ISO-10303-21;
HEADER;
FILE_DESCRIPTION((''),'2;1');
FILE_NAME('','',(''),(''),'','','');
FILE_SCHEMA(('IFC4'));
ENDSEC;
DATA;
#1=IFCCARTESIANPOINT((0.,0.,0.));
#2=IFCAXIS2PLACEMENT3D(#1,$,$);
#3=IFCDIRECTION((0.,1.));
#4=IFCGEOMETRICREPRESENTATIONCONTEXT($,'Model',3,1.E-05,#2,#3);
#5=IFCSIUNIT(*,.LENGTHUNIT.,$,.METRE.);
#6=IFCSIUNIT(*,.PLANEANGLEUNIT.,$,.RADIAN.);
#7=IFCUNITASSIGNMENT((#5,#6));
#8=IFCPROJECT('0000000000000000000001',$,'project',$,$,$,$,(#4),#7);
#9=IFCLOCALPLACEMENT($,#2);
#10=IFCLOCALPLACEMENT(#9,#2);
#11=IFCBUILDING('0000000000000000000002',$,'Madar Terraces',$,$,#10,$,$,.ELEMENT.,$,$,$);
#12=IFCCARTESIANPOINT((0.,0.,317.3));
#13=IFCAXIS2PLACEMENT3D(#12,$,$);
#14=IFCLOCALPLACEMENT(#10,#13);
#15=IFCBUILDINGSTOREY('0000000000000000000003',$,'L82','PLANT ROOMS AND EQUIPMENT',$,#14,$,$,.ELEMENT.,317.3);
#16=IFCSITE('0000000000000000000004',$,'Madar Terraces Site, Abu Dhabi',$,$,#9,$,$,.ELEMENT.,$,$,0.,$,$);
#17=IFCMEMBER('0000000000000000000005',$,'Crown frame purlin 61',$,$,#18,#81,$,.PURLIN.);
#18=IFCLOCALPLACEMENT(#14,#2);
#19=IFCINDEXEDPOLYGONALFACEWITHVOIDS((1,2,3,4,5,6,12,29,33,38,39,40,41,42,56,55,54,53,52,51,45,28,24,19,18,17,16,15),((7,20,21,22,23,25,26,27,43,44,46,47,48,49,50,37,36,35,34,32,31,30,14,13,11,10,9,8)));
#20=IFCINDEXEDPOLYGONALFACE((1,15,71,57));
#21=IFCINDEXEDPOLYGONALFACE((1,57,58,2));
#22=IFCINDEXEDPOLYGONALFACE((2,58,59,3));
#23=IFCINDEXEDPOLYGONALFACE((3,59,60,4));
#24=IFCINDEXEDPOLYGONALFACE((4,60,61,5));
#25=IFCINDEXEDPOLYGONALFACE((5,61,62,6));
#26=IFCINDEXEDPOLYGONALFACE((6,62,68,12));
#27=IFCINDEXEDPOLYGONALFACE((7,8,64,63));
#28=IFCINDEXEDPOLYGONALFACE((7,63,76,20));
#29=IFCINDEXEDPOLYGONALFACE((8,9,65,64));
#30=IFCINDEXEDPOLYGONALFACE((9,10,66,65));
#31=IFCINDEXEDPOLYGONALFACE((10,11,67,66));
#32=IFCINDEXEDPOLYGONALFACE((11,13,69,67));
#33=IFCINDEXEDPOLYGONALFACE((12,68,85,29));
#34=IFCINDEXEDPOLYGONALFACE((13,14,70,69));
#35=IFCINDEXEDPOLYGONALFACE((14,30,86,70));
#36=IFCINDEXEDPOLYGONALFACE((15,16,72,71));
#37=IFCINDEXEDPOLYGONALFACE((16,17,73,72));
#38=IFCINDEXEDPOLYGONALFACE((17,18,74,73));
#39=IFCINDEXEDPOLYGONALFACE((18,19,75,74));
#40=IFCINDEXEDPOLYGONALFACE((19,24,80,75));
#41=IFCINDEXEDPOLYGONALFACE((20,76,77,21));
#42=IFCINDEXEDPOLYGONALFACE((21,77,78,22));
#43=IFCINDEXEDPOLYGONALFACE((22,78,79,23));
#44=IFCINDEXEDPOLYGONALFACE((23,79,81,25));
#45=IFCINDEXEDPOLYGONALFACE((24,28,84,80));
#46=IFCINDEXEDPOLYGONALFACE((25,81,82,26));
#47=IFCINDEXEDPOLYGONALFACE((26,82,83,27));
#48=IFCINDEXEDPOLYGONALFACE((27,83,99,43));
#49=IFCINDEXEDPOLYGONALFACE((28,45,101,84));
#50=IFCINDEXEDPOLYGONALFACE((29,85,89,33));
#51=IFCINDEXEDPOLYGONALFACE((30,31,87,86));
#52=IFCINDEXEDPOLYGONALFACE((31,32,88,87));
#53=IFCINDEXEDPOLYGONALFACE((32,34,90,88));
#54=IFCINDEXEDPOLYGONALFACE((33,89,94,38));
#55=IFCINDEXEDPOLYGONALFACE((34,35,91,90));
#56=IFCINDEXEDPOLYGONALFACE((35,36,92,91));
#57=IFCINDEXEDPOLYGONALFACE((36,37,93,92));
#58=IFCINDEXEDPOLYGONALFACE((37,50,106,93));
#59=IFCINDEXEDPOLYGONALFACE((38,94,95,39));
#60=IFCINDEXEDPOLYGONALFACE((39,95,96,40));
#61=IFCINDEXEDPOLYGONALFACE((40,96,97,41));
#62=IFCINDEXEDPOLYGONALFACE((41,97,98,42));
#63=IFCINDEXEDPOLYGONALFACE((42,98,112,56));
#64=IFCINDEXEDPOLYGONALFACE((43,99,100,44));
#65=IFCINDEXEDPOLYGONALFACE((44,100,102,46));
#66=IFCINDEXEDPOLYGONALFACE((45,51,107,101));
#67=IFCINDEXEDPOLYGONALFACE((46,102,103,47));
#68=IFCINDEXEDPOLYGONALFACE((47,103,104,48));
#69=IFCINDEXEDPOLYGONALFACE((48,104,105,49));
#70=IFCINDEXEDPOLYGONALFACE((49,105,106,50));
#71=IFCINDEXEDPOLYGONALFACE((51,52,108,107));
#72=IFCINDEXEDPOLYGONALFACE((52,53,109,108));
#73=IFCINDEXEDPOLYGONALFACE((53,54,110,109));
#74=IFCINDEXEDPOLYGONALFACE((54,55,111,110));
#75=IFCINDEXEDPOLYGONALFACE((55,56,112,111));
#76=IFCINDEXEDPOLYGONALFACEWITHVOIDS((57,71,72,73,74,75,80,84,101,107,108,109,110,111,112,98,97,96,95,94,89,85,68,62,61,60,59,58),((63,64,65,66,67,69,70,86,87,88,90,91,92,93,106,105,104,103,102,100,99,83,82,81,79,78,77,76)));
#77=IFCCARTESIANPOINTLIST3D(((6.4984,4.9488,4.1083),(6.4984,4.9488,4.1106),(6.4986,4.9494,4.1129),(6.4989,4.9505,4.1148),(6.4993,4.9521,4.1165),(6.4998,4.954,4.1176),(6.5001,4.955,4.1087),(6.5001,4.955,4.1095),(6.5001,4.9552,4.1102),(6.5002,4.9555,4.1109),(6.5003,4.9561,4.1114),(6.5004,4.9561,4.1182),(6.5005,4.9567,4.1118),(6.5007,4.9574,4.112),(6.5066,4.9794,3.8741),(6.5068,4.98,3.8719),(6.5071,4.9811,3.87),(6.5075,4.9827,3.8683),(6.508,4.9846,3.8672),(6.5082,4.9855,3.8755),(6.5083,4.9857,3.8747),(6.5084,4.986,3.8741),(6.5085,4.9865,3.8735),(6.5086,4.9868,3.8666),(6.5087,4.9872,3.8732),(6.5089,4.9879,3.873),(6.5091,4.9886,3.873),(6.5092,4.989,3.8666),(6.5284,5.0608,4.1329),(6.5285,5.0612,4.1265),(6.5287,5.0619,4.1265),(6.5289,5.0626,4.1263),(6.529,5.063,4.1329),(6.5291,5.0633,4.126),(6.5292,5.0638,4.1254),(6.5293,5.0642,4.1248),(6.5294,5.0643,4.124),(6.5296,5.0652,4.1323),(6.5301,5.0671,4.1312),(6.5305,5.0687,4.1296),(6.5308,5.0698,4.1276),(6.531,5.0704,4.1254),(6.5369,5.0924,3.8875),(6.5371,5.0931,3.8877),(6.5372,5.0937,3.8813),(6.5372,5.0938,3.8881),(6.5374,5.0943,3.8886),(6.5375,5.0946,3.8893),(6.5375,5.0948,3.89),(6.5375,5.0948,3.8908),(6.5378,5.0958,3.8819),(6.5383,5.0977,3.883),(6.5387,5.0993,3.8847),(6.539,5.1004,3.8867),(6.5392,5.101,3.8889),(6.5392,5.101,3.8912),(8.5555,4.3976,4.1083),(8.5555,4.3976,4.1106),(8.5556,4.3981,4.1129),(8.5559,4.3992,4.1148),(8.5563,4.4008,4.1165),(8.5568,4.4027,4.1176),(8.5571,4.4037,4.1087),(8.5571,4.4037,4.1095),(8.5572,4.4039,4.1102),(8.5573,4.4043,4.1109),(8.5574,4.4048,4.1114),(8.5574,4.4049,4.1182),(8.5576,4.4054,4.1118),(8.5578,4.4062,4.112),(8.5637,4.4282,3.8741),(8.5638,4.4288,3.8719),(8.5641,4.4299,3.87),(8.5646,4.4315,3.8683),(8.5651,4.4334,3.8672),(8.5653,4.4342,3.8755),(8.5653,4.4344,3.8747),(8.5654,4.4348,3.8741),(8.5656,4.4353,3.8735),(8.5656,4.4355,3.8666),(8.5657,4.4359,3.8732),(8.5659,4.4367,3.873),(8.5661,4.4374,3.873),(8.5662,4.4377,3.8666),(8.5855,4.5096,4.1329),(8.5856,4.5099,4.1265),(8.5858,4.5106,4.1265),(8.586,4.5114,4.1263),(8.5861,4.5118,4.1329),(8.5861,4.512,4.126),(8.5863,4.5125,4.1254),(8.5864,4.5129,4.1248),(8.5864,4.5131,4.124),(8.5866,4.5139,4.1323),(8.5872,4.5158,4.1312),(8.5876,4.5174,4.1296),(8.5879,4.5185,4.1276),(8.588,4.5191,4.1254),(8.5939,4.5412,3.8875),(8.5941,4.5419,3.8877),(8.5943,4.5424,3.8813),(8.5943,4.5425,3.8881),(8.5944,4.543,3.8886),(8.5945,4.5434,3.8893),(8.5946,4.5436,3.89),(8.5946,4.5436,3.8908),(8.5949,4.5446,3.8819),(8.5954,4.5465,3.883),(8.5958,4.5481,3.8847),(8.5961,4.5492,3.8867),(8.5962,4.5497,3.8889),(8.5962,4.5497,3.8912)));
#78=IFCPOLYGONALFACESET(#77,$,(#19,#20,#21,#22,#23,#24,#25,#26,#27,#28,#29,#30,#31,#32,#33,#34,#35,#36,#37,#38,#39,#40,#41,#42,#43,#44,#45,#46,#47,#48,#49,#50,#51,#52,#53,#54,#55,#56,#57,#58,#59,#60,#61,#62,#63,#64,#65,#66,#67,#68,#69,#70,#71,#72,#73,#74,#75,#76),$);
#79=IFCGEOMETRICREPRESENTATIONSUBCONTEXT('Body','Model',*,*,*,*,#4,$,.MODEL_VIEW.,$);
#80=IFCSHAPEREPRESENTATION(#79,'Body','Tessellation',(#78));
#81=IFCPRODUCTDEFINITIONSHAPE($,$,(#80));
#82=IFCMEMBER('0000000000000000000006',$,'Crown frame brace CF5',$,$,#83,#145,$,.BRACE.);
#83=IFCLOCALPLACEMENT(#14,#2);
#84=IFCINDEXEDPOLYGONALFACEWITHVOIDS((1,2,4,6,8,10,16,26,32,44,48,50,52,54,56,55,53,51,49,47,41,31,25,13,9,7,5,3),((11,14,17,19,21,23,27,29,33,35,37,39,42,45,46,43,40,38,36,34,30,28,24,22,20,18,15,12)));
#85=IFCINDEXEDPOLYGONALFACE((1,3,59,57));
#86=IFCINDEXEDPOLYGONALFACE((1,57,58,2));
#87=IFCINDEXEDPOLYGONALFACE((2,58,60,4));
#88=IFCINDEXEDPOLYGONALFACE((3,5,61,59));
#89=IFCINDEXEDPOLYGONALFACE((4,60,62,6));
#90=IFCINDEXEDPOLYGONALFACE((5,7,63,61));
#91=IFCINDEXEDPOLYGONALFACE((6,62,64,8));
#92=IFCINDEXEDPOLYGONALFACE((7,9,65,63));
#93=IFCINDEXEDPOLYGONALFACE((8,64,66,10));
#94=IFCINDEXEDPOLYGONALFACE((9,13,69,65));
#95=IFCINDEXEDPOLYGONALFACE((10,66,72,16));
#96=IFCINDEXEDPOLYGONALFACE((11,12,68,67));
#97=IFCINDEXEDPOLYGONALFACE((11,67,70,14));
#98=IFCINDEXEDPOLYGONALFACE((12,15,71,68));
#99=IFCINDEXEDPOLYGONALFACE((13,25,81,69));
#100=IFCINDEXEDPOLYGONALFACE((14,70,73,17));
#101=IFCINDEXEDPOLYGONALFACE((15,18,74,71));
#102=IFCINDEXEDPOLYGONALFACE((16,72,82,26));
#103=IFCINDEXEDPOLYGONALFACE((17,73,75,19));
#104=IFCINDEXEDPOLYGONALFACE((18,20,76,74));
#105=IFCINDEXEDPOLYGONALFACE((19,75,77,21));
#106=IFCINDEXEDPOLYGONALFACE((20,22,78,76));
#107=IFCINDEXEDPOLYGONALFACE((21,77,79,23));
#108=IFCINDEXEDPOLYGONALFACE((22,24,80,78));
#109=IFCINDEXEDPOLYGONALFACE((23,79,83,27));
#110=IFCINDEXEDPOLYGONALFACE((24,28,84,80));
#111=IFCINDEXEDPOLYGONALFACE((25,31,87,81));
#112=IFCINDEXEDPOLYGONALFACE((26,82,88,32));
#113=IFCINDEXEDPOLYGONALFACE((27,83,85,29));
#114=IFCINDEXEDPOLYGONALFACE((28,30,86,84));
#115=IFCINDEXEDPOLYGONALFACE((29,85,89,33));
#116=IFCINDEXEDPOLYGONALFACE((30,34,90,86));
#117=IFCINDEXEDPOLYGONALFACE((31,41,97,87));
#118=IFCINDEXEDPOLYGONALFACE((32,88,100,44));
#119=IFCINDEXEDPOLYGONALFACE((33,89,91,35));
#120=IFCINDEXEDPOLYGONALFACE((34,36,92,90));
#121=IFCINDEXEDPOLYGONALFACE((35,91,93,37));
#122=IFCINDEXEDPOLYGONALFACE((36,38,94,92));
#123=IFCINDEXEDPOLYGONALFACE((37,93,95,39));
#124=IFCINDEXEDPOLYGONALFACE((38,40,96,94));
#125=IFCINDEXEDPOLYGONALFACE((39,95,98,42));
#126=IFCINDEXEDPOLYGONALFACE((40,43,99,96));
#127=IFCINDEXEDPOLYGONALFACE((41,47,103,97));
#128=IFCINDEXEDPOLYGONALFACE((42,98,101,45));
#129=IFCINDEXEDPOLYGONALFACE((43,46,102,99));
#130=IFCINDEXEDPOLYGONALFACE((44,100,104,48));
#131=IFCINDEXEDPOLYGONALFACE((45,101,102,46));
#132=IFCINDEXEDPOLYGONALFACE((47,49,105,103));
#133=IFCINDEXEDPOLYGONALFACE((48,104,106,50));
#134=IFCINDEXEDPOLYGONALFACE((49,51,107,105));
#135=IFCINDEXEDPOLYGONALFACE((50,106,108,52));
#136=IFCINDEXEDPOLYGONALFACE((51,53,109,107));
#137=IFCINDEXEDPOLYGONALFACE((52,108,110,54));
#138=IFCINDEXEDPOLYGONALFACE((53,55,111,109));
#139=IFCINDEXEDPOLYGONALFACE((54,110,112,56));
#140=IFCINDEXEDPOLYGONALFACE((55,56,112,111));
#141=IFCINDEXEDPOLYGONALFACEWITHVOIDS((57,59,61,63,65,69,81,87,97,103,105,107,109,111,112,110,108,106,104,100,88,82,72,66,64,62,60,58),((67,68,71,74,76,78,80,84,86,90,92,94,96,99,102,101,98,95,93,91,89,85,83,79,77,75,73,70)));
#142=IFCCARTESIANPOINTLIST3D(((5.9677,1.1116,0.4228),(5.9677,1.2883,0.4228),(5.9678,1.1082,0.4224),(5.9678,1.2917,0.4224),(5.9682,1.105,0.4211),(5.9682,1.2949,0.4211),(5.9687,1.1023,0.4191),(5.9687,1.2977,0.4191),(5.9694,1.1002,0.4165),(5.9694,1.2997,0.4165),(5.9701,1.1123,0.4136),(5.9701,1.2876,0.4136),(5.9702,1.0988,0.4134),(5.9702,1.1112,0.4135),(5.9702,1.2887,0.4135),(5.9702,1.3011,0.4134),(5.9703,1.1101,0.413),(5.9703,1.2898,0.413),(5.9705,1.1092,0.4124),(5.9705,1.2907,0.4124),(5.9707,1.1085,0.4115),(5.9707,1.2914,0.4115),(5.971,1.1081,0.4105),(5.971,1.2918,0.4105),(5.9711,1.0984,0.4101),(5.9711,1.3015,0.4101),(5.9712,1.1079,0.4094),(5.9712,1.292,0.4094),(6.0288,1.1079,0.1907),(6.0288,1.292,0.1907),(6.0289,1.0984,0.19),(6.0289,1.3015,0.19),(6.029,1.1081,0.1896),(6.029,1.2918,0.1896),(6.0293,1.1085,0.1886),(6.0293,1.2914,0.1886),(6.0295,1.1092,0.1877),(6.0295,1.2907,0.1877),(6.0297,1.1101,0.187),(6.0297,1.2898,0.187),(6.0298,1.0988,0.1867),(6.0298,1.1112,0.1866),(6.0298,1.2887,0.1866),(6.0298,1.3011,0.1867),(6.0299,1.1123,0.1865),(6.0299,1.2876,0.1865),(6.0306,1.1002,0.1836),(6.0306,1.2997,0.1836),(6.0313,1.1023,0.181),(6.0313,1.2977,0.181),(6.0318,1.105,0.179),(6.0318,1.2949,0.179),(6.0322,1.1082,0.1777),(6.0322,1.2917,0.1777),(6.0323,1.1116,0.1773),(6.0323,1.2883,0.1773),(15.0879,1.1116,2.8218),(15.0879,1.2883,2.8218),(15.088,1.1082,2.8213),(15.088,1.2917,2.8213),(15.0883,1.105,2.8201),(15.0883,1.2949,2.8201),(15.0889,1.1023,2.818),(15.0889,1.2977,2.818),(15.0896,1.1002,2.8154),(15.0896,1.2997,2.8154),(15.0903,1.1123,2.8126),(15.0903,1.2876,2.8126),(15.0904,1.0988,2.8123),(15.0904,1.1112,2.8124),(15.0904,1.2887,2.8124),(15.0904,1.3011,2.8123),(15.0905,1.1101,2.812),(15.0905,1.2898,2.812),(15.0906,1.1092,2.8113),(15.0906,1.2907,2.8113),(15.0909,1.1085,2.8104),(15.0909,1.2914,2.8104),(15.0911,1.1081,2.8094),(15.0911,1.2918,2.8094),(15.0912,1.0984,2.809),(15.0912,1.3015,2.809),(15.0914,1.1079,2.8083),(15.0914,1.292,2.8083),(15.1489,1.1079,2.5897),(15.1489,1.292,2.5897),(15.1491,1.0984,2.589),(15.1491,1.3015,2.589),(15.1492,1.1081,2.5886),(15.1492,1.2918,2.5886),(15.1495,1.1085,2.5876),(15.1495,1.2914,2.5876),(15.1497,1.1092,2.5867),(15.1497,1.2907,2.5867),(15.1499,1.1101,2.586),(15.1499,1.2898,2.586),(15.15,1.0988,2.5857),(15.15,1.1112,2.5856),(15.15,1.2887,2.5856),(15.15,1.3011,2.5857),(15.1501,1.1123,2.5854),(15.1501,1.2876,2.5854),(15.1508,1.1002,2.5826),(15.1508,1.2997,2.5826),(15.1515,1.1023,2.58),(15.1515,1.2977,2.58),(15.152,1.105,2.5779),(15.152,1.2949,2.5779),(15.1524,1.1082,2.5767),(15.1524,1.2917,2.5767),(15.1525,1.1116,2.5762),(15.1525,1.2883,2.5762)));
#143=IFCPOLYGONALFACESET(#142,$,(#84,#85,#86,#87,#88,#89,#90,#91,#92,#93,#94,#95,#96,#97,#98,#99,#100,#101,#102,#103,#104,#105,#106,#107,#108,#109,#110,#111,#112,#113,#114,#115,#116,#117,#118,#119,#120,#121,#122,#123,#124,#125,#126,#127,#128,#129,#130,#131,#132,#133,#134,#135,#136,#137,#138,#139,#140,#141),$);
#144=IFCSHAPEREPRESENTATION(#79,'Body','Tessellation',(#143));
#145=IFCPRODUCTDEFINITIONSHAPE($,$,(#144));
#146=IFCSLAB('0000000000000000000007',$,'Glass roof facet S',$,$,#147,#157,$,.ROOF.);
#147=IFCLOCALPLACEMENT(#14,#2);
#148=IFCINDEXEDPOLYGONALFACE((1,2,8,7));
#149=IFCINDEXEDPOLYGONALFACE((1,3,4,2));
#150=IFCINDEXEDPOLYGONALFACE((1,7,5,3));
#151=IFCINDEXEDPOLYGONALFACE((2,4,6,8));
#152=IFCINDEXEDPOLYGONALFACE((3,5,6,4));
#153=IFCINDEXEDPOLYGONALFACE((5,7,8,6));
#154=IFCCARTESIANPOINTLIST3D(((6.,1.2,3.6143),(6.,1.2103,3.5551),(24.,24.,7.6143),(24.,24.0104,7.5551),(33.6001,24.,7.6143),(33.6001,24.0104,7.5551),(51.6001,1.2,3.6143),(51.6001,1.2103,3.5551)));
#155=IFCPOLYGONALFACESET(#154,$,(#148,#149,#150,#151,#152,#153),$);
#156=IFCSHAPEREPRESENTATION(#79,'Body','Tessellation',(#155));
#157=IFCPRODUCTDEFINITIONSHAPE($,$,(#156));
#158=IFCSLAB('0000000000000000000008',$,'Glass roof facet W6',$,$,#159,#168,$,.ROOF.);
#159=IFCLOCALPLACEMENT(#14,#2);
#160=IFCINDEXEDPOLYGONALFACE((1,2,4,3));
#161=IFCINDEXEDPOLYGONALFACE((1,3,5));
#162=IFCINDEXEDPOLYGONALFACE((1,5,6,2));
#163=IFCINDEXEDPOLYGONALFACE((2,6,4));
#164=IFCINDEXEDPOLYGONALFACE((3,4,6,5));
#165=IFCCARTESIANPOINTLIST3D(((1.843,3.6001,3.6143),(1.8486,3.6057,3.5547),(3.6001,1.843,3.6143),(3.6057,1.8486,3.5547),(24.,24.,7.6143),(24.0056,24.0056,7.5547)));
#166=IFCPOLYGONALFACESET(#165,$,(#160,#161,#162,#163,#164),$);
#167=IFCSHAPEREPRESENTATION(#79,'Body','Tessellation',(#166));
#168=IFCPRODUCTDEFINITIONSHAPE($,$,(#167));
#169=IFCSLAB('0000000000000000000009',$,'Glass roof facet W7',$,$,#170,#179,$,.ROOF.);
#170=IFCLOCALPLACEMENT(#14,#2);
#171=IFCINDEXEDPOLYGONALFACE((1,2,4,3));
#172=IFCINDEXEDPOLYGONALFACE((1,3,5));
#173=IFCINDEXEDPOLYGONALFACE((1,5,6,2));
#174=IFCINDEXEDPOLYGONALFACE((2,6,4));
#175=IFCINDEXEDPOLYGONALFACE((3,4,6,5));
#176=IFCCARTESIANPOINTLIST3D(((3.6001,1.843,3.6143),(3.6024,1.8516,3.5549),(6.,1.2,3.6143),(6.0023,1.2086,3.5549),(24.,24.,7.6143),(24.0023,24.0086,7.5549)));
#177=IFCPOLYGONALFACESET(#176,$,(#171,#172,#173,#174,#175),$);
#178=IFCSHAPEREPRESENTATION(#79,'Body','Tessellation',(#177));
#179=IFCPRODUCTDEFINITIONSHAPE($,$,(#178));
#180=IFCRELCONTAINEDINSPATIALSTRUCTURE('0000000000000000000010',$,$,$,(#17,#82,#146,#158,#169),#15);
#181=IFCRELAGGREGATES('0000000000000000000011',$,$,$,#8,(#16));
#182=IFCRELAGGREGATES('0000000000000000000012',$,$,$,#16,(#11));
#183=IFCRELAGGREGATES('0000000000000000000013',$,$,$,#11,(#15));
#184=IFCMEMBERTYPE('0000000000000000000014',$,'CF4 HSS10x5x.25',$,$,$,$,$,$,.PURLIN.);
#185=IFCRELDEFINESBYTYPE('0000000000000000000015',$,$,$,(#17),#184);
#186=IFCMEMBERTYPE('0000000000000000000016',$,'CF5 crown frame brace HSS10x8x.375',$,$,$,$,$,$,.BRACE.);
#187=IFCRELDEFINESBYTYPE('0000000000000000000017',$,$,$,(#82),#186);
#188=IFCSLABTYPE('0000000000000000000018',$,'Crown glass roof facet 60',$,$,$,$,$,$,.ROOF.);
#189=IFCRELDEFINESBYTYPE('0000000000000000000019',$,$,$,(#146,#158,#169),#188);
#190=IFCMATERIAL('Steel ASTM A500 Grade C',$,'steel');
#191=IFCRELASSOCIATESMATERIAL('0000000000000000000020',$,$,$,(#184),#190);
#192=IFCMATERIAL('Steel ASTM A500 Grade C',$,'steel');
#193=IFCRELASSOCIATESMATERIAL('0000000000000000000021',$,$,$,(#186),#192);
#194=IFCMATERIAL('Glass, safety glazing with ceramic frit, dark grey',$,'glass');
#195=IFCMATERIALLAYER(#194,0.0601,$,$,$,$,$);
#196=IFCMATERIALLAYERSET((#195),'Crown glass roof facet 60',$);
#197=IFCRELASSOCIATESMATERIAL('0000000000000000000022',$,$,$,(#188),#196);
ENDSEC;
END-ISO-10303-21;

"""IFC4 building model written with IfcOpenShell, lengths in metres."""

from ifc_helpers import new_model, si_unit, direction, frame, origin, origin_2d, place, context, subcontext, project, spatial, polyline, hollow_rectangle, outline, extrude, material, layer, layer_set, material_profile, profile_set, type_object, element, save


model = new_model("IFC4")

# Units and contexts
model_context = context("Model", 3, precision=1e-05, world=origin(), true_north=direction((0.0, 1.0)))
body_context = subcontext(model_context, "Body", "Model", "MODEL_VIEW")
ifc_project = project(units=[si_unit("LENGTHUNIT", "METRE"), si_unit("PLANEANGLEUNIT", "RADIAN")], contexts=[model_context])

# Site, building, storey
site_placement = place(None, origin())
site = spatial("IfcSite", under=ifc_project, at=site_placement, Name="Madar Terraces Site, Abu Dhabi", CompositionType="ELEMENT", RefElevation=0.0)
building_placement = place(site_placement, origin())
building = spatial("IfcBuilding", under=site, at=building_placement, Name="Madar Terraces", CompositionType="ELEMENT")
storey_placement = place(building_placement, frame((0.0, 0.0, 317.3)))
storey = spatial("IfcBuildingStorey", under=building, at=storey_placement, Name="L82", Description="PLANT ROOMS AND EQUIPMENT", CompositionType="ELEMENT", Elevation=317.3)

# Members
ifc_material_1 = material(Name="Steel ASTM A500 Grade C", Category="steel")
ifc_material_profile_1 = material_profile(ifc_material_1, hollow_rectangle(XDim=0.127, YDim=0.2539, WallThickness=0.0063, InnerFilletRadius=0.0029, OuterFilletRadius=0.0088, at=origin_2d()), Name="HSS10x5x.25")
ifc_profile_set_1 = profile_set([ifc_material_profile_1], Name="Steel ASTM A500 Grade C")
member_type_1 = type_object("IfcMemberType", Name="CF4 HSS10x5x.25", PredefinedType="PURLIN", material=ifc_profile_set_1)
member_1_placement = place(storey_placement, frame((6.5188, 5.0249, 3.9998), z_axis=(0.965918, -0.258847, 0.0), x_axis=(0.256509, 0.957196, 0.134086)))
element("IfcMember", 1, at=member_1_placement, inside=storey, type_object=member_type_1, Name="Crown frame purlin 61", PredefinedType="PURLIN", context=body_context, shape_type="SweptSolid", body=[
    extrude(hollow_rectangle(XDim=0.127, YDim=0.2539, WallThickness=0.0063, InnerFilletRadius=0.0029, OuterFilletRadius=0.0088, at=origin_2d()), origin(), (0.0, 0.0, 1.0), 2.1296),
])
ifc_material_2 = material(Name="Steel ASTM A500 Grade C", Category="steel")
ifc_material_profile_2 = material_profile(ifc_material_2, hollow_rectangle(XDim=0.2031, YDim=0.2539, WallThickness=0.0095, InnerFilletRadius=0.0044, OuterFilletRadius=0.0132, at=origin_2d()), Name="HSS10x8x.375")
ifc_profile_set_2 = profile_set([ifc_material_profile_2], Name="Steel ASTM A500 Grade C")
member_type_2 = type_object("IfcMemberType", Name="CF5 crown frame brace HSS10x8x.375", PredefinedType="BRACE", material=ifc_profile_set_2)
member_2_placement = place(storey_placement, frame((6.0, 1.2, 0.3), z_axis=(0.967103, 0.0, 0.254384), x_axis=(0.0, 1.0, 0.0)))
element("IfcMember", 2, at=member_2_placement, inside=storey, type_object=member_type_2, Name="Crown frame brace CF5", PredefinedType="BRACE", context=body_context, shape_type="SweptSolid", body=[
    extrude(hollow_rectangle(XDim=0.2031, YDim=0.2539, WallThickness=0.0095, InnerFilletRadius=0.0044, OuterFilletRadius=0.0132, at=origin_2d()), origin(), (0.0, 0.0, 1.0), 9.4304),
])

# Slabs
ifc_material_3 = material(Name="Glass, safety glazing with ceramic frit, dark grey", Category="glass")
ifc_layer_1 = layer(ifc_material_3, 0.0601)
ifc_layer_set_1 = layer_set([ifc_layer_1], Name="Crown glass roof facet 60")
slab_type_1 = type_object("IfcSlabType", Name="Crown glass roof facet 60", PredefinedType="ROOF", material=ifc_layer_set_1)
slab_1_placement = place(storey_placement, frame((6.0, 1.2, 3.6143), z_axis=(0.0, -0.172799, 0.984957), x_axis=(1.0, 0.0, 0.0)))
element("IfcSlab", 3, at=slab_1_placement, inside=storey, type_object=slab_type_1, Name="Glass roof facet S", PredefinedType="ROOF", context=body_context, shape_type="SweptSolid", body=[
    extrude(outline(polyline([(0.0, 0.0), (45.6001, 0.0), (27.6001, 23.1483), (18.0, 23.1483), (0.0, 0.0)])), origin(), (0.0, 0.0, -1.0), 0.0601),
])
slab_2_placement = place(storey_placement, frame((1.843, 3.6001, 3.6143), z_axis=(-0.093172, -0.093172, 0.991281), x_axis=(0.707107, -0.707107, 0.0)))
element("IfcSlab", 4, at=slab_2_placement, inside=storey, type_object=slab_type_1, Name="Glass roof facet W6", PredefinedType="ROOF", context=body_context, shape_type="SweptSolid", body=[
    extrude(outline(polyline([(0.0, 0.0), (2.4849, 0.0), (1.2424, 30.3569), (0.0, 0.0)])), origin(), (0.0, 0.0, -1.0), 0.0601),
])
slab_3_placement = place(storey_placement, frame((3.6001, 1.843, 3.6143), z_axis=(-0.038373, -0.143205, 0.988949), x_axis=(0.965924, -0.258824, 0.0)))
element("IfcSlab", 5, at=slab_3_placement, inside=storey, type_object=slab_type_1, Name="Glass roof facet W7", PredefinedType="ROOF", context=body_context, shape_type="SweptSolid", body=[
    extrude(outline(polyline([(0.0, 0.0), (2.4846, 0.0), (13.97, 26.9801), (0.0, 0.0)])), origin(), (0.0, 0.0, -1.0), 0.0601),
])

save(model, "model.ifc")
